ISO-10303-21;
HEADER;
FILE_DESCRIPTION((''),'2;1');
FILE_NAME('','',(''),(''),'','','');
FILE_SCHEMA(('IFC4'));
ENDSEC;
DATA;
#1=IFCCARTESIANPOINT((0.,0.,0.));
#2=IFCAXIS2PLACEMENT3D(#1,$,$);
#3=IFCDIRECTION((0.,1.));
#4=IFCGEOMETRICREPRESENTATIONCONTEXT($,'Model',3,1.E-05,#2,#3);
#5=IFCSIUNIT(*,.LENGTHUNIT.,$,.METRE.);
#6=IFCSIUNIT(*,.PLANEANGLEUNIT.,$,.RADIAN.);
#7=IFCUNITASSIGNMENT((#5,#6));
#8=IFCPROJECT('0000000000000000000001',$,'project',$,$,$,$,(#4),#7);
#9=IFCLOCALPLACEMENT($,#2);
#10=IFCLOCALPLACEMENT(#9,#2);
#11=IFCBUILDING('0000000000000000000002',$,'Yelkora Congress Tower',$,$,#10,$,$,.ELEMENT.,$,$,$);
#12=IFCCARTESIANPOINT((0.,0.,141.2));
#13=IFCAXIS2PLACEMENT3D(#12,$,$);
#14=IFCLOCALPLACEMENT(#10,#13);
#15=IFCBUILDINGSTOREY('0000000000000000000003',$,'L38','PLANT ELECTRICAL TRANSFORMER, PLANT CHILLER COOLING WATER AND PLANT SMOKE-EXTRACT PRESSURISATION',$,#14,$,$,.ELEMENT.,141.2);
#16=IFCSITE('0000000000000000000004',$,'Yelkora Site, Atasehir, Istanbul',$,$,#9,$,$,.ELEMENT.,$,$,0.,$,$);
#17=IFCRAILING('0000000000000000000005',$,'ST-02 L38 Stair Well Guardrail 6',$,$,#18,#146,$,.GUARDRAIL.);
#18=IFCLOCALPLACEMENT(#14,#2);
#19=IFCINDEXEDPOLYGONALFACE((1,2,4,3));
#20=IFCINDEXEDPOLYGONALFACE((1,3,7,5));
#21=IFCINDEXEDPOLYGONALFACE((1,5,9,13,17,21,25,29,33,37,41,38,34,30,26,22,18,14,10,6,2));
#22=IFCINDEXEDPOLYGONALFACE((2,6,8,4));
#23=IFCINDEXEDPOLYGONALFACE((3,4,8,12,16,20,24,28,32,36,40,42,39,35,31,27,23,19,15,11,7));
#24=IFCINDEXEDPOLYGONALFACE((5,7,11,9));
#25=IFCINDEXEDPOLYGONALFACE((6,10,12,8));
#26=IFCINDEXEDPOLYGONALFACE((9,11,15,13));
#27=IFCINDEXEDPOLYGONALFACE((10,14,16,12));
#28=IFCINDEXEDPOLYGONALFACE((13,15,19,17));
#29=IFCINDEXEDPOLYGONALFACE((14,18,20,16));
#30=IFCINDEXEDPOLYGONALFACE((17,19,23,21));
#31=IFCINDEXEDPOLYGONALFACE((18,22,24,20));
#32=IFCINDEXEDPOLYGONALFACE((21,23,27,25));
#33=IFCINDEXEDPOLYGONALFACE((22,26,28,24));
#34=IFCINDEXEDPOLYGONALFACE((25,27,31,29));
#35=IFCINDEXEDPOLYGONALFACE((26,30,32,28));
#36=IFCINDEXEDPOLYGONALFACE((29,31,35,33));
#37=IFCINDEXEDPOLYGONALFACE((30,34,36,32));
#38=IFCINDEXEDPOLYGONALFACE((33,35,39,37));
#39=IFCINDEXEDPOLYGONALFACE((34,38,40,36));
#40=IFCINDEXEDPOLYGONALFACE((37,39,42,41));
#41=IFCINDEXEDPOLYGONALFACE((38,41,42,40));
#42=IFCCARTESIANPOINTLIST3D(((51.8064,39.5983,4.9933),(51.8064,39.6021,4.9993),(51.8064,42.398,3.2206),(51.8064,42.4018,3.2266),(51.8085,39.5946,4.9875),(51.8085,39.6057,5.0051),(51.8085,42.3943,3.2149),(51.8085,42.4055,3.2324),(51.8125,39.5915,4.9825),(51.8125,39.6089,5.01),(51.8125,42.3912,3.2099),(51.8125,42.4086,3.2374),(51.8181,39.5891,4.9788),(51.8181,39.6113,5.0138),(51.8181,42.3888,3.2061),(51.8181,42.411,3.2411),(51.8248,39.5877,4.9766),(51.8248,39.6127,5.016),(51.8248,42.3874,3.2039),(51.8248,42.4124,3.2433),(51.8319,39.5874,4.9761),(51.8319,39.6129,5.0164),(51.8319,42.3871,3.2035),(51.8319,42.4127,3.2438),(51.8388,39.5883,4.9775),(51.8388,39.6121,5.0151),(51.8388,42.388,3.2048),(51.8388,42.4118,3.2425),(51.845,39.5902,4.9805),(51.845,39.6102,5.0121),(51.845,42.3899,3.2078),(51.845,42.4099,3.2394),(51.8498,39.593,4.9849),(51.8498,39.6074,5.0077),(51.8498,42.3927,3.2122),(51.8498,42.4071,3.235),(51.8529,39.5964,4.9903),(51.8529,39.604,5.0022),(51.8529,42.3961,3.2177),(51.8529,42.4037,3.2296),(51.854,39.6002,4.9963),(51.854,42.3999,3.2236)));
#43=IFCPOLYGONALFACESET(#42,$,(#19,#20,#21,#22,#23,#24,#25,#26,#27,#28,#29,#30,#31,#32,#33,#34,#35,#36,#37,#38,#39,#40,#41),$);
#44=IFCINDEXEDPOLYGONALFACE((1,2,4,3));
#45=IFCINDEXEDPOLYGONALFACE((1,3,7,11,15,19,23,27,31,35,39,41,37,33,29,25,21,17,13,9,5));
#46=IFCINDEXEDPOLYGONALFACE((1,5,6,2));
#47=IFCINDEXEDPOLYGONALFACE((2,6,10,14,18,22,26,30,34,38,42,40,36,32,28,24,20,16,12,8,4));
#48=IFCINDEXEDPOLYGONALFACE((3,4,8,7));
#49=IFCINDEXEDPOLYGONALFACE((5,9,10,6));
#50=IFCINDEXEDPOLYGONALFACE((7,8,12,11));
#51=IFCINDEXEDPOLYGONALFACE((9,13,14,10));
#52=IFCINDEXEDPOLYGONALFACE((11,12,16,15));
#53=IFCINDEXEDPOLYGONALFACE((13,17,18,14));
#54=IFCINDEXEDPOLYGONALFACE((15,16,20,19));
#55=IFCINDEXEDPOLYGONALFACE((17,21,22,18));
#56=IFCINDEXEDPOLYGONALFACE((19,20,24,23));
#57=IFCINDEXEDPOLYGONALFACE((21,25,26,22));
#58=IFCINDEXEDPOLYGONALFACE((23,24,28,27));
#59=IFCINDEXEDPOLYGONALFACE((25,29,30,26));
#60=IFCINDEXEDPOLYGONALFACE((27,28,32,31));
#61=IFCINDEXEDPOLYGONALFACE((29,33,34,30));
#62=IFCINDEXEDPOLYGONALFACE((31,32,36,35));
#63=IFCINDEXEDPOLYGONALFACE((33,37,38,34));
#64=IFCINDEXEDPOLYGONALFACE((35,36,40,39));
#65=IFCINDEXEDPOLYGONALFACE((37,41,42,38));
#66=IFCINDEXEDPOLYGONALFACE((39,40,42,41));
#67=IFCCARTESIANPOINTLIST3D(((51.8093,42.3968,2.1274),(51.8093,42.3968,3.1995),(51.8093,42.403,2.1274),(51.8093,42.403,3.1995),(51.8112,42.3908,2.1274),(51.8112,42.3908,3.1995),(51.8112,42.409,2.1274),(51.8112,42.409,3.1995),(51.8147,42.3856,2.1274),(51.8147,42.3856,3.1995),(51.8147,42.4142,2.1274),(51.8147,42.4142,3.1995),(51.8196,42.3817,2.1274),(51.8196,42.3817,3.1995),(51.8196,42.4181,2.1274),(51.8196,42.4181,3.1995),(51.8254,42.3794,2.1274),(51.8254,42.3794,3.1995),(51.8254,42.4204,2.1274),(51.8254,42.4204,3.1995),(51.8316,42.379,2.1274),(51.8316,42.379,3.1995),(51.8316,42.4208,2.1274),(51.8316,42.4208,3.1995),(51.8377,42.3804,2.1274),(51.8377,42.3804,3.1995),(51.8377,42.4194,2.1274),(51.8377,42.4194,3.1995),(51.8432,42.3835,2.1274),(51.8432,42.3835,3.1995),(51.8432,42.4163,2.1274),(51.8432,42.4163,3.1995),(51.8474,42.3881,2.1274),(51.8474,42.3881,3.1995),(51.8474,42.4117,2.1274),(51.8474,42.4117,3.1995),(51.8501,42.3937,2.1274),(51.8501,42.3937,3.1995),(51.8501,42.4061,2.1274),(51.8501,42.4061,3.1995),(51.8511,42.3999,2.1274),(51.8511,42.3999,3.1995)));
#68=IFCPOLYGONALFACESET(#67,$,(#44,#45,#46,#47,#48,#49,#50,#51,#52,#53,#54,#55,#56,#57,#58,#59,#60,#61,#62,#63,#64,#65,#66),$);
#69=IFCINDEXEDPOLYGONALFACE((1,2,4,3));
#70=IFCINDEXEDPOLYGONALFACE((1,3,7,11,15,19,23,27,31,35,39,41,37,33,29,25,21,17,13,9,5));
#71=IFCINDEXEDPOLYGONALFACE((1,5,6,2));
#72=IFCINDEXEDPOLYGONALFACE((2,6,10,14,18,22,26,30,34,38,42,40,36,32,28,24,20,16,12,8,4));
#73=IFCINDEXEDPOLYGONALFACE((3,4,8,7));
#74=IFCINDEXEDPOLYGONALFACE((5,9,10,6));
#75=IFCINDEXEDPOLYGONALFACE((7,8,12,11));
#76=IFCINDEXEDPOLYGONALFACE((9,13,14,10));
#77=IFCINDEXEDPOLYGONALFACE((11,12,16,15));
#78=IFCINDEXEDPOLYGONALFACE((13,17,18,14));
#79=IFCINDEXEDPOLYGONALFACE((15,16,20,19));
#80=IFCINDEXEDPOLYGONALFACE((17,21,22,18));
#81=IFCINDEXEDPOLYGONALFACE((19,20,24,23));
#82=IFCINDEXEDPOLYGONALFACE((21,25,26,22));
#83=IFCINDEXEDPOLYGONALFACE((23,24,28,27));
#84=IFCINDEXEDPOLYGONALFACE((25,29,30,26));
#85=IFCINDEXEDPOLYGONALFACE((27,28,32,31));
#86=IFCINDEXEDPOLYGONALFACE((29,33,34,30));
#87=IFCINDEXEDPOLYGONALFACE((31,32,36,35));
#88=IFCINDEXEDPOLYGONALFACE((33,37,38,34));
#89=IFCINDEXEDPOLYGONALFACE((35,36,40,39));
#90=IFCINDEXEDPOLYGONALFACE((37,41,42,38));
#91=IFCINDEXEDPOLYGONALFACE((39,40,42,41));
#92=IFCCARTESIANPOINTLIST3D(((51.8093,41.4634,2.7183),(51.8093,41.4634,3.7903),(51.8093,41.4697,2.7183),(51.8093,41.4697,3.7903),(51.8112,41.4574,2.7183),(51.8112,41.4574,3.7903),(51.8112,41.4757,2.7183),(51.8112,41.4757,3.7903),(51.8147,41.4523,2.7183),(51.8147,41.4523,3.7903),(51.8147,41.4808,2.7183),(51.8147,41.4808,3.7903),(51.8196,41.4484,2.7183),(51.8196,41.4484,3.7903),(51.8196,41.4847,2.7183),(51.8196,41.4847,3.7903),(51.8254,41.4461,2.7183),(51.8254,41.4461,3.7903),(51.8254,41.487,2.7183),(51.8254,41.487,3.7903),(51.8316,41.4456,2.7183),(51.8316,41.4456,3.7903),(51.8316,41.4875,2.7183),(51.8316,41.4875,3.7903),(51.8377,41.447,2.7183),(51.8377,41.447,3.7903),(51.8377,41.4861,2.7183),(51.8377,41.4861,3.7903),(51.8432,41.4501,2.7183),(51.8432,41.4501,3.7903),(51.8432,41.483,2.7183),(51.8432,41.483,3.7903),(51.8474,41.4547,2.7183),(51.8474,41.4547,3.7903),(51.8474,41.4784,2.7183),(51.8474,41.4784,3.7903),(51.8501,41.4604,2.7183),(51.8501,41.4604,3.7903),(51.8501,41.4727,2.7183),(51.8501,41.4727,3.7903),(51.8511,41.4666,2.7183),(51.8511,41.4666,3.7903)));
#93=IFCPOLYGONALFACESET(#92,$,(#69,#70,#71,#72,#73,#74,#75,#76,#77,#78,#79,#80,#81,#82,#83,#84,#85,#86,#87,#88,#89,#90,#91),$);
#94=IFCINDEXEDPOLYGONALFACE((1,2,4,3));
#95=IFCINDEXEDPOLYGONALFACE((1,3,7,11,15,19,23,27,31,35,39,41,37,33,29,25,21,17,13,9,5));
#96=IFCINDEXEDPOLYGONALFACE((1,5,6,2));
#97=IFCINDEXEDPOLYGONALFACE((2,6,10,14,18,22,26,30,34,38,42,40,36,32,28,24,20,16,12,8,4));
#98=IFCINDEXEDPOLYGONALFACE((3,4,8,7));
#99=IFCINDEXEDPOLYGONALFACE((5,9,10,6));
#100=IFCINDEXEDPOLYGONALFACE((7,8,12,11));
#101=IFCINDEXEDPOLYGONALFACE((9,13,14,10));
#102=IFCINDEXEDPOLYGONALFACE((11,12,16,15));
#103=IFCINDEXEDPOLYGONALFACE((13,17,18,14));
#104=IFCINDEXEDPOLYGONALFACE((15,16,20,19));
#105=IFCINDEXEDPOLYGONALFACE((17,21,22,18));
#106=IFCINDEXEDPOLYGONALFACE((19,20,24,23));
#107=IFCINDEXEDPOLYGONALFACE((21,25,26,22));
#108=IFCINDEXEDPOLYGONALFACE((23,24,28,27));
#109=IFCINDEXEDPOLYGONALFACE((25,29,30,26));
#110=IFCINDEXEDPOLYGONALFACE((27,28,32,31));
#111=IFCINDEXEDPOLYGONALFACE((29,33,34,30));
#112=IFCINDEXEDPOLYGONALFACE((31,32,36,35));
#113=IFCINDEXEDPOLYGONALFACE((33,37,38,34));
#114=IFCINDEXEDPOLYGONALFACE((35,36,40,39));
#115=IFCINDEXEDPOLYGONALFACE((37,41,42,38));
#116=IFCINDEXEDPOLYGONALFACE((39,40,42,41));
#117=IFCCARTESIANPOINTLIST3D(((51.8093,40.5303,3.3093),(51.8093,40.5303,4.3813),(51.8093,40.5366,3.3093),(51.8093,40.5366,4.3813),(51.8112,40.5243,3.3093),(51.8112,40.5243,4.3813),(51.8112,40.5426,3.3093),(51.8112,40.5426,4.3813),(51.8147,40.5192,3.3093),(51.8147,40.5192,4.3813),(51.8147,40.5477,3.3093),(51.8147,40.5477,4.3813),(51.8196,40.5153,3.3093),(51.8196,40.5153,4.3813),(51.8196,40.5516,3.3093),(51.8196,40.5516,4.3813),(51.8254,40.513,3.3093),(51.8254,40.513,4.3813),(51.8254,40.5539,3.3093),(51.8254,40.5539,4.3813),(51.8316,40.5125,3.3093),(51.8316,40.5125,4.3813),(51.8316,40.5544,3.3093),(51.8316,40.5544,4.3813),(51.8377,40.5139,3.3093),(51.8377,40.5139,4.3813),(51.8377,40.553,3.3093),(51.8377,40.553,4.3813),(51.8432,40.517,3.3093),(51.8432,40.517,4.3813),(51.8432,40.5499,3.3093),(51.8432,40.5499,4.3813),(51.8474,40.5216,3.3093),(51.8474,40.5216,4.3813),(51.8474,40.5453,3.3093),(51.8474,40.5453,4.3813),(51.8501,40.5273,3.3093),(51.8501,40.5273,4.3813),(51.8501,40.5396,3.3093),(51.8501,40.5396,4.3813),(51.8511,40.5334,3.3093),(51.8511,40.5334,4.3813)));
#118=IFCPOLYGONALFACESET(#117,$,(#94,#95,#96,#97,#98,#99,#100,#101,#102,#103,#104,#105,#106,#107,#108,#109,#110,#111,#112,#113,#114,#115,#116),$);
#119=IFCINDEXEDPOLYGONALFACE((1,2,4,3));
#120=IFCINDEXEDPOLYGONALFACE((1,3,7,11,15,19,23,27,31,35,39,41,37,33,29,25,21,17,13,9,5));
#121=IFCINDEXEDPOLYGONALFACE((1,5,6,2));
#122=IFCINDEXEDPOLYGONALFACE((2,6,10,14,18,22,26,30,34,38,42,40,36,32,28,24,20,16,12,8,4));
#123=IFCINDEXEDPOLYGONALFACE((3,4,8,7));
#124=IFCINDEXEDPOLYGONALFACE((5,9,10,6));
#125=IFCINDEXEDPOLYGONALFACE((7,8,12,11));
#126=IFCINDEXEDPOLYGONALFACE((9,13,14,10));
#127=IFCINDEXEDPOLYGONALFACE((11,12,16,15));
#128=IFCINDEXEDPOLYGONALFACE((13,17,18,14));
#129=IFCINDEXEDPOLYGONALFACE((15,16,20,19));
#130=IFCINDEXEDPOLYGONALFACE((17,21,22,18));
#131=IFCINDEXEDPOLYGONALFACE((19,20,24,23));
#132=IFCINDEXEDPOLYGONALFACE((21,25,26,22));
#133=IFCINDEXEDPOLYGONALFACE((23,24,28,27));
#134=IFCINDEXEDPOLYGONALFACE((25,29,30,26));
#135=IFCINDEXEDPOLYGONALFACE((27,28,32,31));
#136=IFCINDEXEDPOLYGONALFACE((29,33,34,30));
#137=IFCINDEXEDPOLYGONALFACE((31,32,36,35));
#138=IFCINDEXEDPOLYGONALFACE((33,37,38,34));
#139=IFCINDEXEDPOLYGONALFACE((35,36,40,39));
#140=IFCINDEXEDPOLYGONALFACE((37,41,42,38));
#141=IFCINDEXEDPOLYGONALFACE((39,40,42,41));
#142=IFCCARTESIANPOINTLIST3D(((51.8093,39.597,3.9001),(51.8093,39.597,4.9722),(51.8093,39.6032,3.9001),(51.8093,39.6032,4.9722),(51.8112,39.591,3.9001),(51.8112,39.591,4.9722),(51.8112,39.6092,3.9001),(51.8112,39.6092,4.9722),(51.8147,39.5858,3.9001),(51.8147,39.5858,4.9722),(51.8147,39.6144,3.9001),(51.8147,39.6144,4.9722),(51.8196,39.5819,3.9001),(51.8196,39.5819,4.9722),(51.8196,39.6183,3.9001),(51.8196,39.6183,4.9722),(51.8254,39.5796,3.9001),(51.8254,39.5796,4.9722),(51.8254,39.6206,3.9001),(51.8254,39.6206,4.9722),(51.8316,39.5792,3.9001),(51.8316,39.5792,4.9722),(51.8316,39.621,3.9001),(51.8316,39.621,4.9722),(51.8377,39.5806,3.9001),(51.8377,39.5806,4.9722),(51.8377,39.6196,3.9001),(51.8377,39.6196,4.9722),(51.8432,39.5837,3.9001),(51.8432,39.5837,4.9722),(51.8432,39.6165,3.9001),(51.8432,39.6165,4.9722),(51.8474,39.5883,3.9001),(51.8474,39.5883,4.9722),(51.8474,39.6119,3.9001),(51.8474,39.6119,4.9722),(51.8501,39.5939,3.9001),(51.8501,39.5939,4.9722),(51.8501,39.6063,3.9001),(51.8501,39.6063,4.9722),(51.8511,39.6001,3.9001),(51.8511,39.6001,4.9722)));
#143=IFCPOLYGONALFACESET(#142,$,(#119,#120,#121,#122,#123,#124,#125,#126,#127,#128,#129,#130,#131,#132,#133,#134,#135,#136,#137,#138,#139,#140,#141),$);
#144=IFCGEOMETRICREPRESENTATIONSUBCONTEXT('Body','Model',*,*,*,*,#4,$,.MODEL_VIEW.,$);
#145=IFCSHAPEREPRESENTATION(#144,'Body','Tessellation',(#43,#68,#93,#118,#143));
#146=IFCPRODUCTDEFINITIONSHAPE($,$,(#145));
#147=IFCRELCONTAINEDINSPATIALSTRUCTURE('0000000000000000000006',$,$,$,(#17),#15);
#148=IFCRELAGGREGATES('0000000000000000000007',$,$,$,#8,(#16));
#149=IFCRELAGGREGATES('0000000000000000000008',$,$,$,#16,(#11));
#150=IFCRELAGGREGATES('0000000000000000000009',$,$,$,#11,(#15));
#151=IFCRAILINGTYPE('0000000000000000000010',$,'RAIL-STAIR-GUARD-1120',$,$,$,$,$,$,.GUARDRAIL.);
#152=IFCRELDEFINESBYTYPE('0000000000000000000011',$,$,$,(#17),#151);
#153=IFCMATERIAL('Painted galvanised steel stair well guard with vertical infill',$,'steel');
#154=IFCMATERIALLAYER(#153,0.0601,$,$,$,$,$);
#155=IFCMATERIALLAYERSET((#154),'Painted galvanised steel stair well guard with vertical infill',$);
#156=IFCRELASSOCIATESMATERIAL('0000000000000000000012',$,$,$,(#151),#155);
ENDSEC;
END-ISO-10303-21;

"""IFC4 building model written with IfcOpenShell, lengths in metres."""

from ifc_helpers import new_model, si_unit, direction, frame, origin, origin_2d, place, context, subcontext, project, spatial, circle, extrude, material, layer, layer_set, type_object, element, save


model = new_model("IFC4")

# Units and contexts
model_context = context("Model", 3, precision=1e-05, world=origin(), true_north=direction((0.0, 1.0)))
body_context = subcontext(model_context, "Body", "Model", "MODEL_VIEW")
ifc_project = project(units=[si_unit("LENGTHUNIT", "METRE"), si_unit("PLANEANGLEUNIT", "RADIAN")], contexts=[model_context])

# Site, building, storey
site_placement = place(None, origin())
site = spatial("IfcSite", under=ifc_project, at=site_placement, Name="Yelkora Site, Atasehir, Istanbul", CompositionType="ELEMENT", RefElevation=0.0)
building_placement = place(site_placement, origin())
building = spatial("IfcBuilding", under=site, at=building_placement, Name="Yelkora Congress Tower", CompositionType="ELEMENT")
storey_placement = place(building_placement, frame((0.0, 0.0, 141.2)))
storey = spatial("IfcBuildingStorey", under=building, at=storey_placement, Name="L38", Description="PLANT ELECTRICAL TRANSFORMER, PLANT CHILLER COOLING WATER AND PLANT SMOKE-EXTRACT PRESSURISATION", CompositionType="ELEMENT", Elevation=141.2)

# Railing
ifc_material_1 = material(Name="Painted galvanised steel stair well guard with vertical infill", Category="steel")
ifc_layer_1 = layer(ifc_material_1, 0.0601)
ifc_layer_set_1 = layer_set([ifc_layer_1], Name="Painted galvanised steel stair well guard with vertical infill")
railing_type_1 = type_object("IfcRailingType", Name="RAIL-STAIR-GUARD-1120", PredefinedType="GUARDRAIL", material=ifc_layer_set_1)
railing_1_placement = place(storey_placement, frame((51.8301, 42.3999, 2.1274)))
element("IfcRailing", 1, at=railing_1_placement, inside=storey, type_object=railing_type_1, Name="ST-02 L38 Stair Well Guardrail 6", PredefinedType="GUARDRAIL", context=body_context, shape_type="SweptSolid", body=[
    extrude(circle(Radius=0.0239, at=origin_2d()), frame((0.0, 0.0, 1.0962), z_axis=(0.0, -0.844888, 0.534943), x_axis=(1.0, 0.0, 0.0)), (0.0, 0.0, 1.0), 3.3137),
    extrude(circle(Radius=0.021, at=origin_2d()), origin(), (0.0, 0.0, 1.0), 1.072),
    extrude(circle(Radius=0.021, at=origin_2d()), frame((0.0, -0.9333, 0.5908)), (0.0, 0.0, 1.0), 1.072),
    extrude(circle(Radius=0.021, at=origin_2d()), frame((0.0, -1.8665, 1.1819)), (0.0, 0.0, 1.0), 1.072),
    extrude(circle(Radius=0.021, at=origin_2d()), frame((0.0, -2.7998, 1.7727)), (0.0, 0.0, 1.0), 1.072),
])

save(model, "model.ifc")
